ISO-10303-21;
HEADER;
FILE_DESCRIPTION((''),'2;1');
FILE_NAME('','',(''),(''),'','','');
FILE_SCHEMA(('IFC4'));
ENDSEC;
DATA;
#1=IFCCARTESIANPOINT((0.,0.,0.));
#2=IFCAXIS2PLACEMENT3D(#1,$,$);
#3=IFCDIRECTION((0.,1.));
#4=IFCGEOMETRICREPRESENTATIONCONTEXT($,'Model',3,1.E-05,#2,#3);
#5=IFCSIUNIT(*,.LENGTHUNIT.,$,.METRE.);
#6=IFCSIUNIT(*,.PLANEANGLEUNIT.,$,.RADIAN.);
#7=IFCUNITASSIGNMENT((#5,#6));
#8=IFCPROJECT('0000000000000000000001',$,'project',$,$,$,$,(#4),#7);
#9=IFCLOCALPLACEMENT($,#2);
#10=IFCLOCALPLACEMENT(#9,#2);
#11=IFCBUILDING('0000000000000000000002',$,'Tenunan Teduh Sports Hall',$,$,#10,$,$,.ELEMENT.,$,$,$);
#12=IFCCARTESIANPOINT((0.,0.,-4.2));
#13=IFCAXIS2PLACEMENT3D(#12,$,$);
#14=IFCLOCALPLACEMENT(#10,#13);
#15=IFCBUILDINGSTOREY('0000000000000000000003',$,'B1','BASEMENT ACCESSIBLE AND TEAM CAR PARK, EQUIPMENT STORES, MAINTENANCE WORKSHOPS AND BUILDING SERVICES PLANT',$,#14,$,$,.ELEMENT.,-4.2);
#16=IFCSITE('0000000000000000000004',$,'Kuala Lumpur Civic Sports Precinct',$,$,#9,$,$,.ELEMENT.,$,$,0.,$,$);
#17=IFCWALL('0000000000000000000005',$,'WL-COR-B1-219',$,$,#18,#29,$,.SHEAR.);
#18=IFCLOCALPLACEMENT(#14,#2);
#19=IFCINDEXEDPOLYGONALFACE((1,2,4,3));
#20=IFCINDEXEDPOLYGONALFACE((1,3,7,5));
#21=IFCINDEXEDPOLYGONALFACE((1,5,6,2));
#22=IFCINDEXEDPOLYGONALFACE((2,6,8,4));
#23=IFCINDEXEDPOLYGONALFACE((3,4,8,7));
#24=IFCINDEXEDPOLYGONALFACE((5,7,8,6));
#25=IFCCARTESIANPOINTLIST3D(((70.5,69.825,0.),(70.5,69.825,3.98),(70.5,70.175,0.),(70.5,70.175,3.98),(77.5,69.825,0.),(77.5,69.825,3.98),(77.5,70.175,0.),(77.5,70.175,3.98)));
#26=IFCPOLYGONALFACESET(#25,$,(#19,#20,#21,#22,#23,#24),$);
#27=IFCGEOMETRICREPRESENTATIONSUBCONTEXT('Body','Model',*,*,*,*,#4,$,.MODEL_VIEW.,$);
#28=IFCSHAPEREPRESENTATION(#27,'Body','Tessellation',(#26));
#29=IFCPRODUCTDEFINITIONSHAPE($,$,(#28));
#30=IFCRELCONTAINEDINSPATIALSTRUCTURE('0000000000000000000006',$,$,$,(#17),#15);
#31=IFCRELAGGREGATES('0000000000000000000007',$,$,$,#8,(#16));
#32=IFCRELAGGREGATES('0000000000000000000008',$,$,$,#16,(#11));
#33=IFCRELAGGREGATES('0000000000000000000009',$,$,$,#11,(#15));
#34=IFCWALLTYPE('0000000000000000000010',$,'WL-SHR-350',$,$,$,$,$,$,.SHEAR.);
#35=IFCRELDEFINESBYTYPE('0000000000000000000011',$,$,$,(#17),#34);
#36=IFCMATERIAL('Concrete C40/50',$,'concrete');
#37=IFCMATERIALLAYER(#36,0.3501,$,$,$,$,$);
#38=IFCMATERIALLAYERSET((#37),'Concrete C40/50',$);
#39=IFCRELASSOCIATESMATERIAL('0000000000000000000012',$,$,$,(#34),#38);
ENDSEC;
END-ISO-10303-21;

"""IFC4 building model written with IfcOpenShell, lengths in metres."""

from ifc_helpers import new_model, si_unit, direction, frame, frame_2d, origin, place, context, subcontext, project, spatial, rectangle, extrude, material, layer, layer_set, type_object, element, save


model = new_model("IFC4")

# Units and contexts
model_context = context("Model", 3, precision=1e-05, world=origin(), true_north=direction((0.0, 1.0)))
body_context = subcontext(model_context, "Body", "Model", "MODEL_VIEW")
ifc_project = project(units=[si_unit("LENGTHUNIT", "METRE"), si_unit("PLANEANGLEUNIT", "RADIAN")], contexts=[model_context])

# Site, building, storey
site_placement = place(None, origin())
site = spatial("IfcSite", under=ifc_project, at=site_placement, Name="Kuala Lumpur Civic Sports Precinct", CompositionType="ELEMENT", RefElevation=0.0)
building_placement = place(site_placement, origin())
building = spatial("IfcBuilding", under=site, at=building_placement, Name="Tenunan Teduh Sports Hall", CompositionType="ELEMENT")
storey_placement = place(building_placement, frame((0.0, 0.0, -4.2)))
storey = spatial("IfcBuildingStorey", under=building, at=storey_placement, Name="B1", Description="BASEMENT ACCESSIBLE AND TEAM CAR PARK, EQUIPMENT STORES, MAINTENANCE WORKSHOPS AND BUILDING SERVICES PLANT", CompositionType="ELEMENT", Elevation=-4.2)

# Wall
ifc_material_1 = material(Name="Concrete C40/50", Category="concrete")
ifc_layer_1 = layer(ifc_material_1, 0.3501)
ifc_layer_set_1 = layer_set([ifc_layer_1], Name="Concrete C40/50")
wall_type_1 = type_object("IfcWallType", Name="WL-SHR-350", PredefinedType="SHEAR", material=ifc_layer_set_1)
wall_1_placement = place(storey_placement, frame((70.5, 70.0, 0.0), z_axis=(0.0, 0.0, 1.0), x_axis=(1.0, 0.0, 0.0)))
element("IfcWall", 1, at=wall_1_placement, inside=storey, type_object=wall_type_1, Name="WL-COR-B1-219", PredefinedType="SHEAR", context=body_context, shape_type="SweptSolid", body=[
    extrude(rectangle(XDim=7.0, YDim=0.3501, at=frame_2d((3.5, 0.0))), origin(), (0.0, 0.0, 1.0), 3.98),
])

save(model, "model.ifc")
